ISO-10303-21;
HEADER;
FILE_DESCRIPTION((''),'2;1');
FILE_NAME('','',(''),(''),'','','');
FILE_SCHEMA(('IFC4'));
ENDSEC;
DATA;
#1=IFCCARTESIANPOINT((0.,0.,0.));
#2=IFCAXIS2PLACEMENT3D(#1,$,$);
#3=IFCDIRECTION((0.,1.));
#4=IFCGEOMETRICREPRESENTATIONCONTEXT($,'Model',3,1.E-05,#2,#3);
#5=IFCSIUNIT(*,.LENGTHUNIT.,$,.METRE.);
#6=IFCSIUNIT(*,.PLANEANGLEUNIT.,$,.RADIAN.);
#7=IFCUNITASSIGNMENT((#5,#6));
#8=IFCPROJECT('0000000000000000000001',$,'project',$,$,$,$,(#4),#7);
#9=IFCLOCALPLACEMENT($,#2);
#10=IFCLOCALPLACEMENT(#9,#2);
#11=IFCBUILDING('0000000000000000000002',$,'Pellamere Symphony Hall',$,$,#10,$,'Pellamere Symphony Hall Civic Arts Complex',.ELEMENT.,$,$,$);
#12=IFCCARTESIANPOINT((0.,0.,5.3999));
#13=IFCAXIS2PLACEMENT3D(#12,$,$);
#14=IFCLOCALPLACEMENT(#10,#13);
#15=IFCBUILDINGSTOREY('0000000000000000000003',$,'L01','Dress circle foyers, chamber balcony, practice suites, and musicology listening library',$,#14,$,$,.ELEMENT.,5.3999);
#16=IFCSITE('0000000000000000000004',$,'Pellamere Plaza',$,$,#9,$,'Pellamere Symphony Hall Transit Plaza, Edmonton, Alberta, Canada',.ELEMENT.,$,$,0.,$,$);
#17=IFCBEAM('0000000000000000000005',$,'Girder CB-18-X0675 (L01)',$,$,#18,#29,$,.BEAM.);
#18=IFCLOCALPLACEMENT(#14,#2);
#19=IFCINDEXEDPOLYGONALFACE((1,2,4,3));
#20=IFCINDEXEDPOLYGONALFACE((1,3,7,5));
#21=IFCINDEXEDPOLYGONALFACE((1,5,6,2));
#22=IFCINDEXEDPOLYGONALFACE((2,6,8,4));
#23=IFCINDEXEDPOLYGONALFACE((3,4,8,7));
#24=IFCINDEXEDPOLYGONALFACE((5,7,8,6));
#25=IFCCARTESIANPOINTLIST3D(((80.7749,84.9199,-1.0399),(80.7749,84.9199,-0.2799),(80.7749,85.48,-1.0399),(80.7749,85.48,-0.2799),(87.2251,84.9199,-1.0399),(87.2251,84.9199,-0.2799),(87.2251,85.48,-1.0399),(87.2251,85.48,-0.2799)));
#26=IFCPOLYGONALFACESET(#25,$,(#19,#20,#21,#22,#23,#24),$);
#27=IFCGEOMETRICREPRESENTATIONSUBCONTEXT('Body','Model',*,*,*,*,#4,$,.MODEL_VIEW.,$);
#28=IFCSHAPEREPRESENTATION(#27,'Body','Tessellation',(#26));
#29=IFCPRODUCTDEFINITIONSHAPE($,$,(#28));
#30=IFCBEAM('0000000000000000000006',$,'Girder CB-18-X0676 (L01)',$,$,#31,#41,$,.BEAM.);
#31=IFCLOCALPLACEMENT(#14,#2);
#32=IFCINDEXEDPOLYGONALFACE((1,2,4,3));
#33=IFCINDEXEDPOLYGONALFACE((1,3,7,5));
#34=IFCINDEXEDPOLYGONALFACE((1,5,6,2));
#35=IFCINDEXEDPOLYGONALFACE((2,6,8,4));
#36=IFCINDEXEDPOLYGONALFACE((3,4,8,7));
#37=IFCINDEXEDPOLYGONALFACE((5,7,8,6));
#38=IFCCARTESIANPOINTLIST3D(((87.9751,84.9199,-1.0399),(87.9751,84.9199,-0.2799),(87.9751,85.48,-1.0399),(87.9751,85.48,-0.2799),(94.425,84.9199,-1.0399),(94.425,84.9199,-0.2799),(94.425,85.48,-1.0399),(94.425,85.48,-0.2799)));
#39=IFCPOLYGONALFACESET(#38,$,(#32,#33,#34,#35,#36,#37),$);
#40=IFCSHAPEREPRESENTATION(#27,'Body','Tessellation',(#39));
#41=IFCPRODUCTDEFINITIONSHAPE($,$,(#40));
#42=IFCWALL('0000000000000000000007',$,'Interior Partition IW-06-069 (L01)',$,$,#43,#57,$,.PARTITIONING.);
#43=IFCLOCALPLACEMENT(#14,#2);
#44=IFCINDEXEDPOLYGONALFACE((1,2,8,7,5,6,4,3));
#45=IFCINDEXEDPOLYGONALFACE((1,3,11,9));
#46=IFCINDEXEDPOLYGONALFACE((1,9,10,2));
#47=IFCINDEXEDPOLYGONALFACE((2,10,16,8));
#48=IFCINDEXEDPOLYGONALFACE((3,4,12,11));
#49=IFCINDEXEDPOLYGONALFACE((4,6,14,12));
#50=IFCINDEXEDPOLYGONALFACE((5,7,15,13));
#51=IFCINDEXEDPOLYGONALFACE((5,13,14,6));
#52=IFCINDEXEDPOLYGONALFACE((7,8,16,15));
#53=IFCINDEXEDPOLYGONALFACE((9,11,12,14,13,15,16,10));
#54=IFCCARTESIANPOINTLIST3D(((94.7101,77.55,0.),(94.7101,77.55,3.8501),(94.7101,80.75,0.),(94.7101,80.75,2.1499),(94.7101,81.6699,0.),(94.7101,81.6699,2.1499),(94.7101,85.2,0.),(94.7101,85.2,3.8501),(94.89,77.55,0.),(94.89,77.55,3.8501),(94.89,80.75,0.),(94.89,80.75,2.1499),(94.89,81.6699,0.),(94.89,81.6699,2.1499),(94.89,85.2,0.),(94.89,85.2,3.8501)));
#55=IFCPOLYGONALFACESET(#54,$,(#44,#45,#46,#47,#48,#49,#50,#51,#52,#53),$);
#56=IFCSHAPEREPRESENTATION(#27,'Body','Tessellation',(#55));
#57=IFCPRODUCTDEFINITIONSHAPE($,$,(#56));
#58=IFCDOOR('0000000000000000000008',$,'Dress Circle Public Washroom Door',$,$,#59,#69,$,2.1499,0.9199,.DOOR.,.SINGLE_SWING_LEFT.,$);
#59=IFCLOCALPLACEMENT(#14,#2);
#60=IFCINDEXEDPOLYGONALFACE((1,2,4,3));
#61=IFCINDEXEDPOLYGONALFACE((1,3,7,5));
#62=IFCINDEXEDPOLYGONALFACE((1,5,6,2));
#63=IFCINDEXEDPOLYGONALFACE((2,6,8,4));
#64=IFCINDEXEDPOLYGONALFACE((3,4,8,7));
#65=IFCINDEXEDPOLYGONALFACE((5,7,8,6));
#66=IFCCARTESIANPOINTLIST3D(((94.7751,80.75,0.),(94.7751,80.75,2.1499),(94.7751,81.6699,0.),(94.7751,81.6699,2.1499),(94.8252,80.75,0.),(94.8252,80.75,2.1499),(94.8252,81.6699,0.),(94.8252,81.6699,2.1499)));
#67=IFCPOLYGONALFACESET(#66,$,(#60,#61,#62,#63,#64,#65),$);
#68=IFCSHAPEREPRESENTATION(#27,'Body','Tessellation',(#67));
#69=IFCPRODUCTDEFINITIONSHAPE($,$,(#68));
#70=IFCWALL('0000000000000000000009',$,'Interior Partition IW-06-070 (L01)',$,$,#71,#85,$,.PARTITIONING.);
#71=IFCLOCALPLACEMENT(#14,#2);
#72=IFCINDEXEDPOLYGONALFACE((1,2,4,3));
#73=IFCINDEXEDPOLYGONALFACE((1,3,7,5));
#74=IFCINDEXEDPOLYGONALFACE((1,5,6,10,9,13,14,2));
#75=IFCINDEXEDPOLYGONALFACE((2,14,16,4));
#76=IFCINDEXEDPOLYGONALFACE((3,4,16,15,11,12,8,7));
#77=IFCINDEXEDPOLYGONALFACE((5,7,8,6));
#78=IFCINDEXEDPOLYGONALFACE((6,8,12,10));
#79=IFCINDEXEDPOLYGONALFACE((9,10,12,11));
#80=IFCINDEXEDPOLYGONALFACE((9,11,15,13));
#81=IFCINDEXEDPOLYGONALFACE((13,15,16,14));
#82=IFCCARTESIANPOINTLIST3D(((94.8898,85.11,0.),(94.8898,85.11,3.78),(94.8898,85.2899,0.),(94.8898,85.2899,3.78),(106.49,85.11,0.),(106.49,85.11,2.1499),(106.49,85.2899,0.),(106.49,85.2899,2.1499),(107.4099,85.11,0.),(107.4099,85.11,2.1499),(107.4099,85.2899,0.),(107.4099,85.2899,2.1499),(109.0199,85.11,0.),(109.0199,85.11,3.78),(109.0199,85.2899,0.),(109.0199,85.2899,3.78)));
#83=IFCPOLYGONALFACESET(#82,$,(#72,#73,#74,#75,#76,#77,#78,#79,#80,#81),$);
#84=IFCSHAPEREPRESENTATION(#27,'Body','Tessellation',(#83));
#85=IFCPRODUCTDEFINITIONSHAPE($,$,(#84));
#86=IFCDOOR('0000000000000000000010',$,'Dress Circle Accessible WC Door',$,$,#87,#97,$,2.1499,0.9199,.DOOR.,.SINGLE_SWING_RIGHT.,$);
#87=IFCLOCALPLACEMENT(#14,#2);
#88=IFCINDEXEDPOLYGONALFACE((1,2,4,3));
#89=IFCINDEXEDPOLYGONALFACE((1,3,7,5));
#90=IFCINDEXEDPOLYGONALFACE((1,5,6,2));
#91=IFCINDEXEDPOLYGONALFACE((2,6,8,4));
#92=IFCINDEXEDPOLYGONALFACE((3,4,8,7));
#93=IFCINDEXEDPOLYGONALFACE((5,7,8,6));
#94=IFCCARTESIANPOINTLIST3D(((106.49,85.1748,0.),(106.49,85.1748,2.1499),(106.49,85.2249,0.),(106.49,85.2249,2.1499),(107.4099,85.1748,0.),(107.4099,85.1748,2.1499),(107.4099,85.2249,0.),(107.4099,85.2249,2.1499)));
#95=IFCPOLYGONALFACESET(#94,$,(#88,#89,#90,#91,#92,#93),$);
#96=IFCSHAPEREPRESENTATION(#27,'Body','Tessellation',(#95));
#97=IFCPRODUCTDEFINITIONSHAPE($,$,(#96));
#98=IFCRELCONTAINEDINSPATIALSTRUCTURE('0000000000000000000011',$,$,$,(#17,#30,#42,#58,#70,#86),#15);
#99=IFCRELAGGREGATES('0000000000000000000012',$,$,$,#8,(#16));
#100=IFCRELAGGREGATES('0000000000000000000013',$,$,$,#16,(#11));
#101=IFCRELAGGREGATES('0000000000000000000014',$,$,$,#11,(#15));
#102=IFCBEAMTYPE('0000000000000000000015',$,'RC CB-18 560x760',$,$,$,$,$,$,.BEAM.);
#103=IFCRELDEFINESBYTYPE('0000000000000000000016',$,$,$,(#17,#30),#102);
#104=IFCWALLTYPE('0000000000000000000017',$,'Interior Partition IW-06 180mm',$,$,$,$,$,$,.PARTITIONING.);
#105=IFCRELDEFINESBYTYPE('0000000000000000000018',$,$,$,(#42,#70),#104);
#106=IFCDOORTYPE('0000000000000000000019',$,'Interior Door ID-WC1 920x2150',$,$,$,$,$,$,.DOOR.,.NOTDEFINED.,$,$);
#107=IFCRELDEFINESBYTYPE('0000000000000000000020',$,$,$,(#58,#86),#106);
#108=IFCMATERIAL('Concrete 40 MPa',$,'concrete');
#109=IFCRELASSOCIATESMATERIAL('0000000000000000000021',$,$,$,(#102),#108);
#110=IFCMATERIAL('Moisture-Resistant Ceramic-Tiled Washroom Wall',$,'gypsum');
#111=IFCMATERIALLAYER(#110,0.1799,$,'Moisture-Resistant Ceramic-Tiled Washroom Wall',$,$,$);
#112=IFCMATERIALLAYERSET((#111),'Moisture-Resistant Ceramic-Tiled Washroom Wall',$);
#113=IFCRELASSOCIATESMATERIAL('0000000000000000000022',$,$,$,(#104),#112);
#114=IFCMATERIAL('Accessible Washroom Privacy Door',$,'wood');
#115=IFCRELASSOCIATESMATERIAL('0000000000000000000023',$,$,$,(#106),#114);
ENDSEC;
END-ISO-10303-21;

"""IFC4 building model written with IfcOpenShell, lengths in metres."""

from ifc_helpers import new_model, si_unit, direction, frame, frame_2d, origin, origin_2d, place, context, subcontext, project, spatial, rectangle, extrude, material, layer, layer_set, material_profile, profile_set, type_object, element, fill, save


model = new_model("IFC4")

# Units and contexts
model_context = context("Model", 3, precision=1e-05, world=origin(), true_north=direction((0.0, 1.0)))
body_context = subcontext(model_context, "Body", "Model", "MODEL_VIEW")
ifc_project = project(units=[si_unit("LENGTHUNIT", "METRE"), si_unit("PLANEANGLEUNIT", "RADIAN")], contexts=[model_context])

# Site, building, storey
site_placement = place(None, origin())
site = spatial("IfcSite", under=ifc_project, at=site_placement, Name="Pellamere Plaza", LongName="Pellamere Symphony Hall Transit Plaza, Edmonton, Alberta, Canada", CompositionType="ELEMENT", RefElevation=0.0)
building_placement = place(site_placement, origin())
building = spatial("IfcBuilding", under=site, at=building_placement, Name="Pellamere Symphony Hall", LongName="Pellamere Symphony Hall Civic Arts Complex", CompositionType="ELEMENT")
storey_placement = place(building_placement, frame((0.0, 0.0, 5.3999)))
storey = spatial("IfcBuildingStorey", under=building, at=storey_placement, Name="L01", Description="Dress circle foyers, chamber balcony, practice suites, and musicology listening library", CompositionType="ELEMENT", Elevation=5.3999)

# Shared definitions
ifc_material_1 = material(Name="Concrete 40 MPa", Category="concrete")

# Beams
ifc_material_profile_1 = material_profile(ifc_material_1, rectangle(XDim=0.5601, YDim=0.76, at=origin_2d()), Name="RC 560x760")
ifc_profile_set_1 = profile_set([ifc_material_profile_1], Name="Concrete 40 MPa")
beam_type_1 = type_object("IfcBeamType", Name="RC CB-18 560x760", PredefinedType="BEAM", material=ifc_profile_set_1)
beam_1_placement = place(storey_placement, frame((80.7749, 85.2, -0.6599), z_axis=(1.0, 0.0, 0.0), x_axis=(0.0, 1.0, 0.0)))
element("IfcBeam", 1, at=beam_1_placement, inside=storey, type_object=beam_type_1, Name="Girder CB-18-X0675 (L01)", PredefinedType="BEAM", context=body_context, shape_type="SweptSolid", body=[
    extrude(rectangle(XDim=0.5601, YDim=0.76, at=origin_2d()), origin(), (0.0, 0.0, 1.0), 6.4502),
])
beam_2_placement = place(storey_placement, frame((87.9751, 85.2, -0.6599), z_axis=(1.0, 0.0, 0.0), x_axis=(0.0, 1.0, 0.0)))
element("IfcBeam", 2, at=beam_2_placement, inside=storey, type_object=beam_type_1, Name="Girder CB-18-X0676 (L01)", PredefinedType="BEAM", context=body_context, shape_type="SweptSolid", body=[
    extrude(rectangle(XDim=0.5601, YDim=0.76, at=origin_2d()), origin(), (0.0, 0.0, 1.0), 6.45),
])

# Walls, openings, doors
ifc_material_2 = material(Name="Moisture-Resistant Ceramic-Tiled Washroom Wall", Category="gypsum")
ifc_layer = layer(ifc_material_2, 0.1799, Name="Moisture-Resistant Ceramic-Tiled Washroom Wall")
ifc_layer_set = layer_set([ifc_layer], Name="Moisture-Resistant Ceramic-Tiled Washroom Wall")
wall_type = type_object("IfcWallType", Name="Interior Partition IW-06 180mm", PredefinedType="PARTITIONING", material=ifc_layer_set)
wall_1_placement = place(storey_placement, frame((94.8, 77.55, 0.0), z_axis=(0.0, 0.0, 1.0), x_axis=(0.0, 1.0, 0.0)))
wall_1 = element("IfcWall", 3, at=wall_1_placement, inside=storey, type_object=wall_type, Name="Interior Partition IW-06-069 (L01)", PredefinedType="PARTITIONING", context=body_context, shape_type="SweptSolid", body=[
    extrude(rectangle(XDim=7.6499, YDim=0.1799, at=frame_2d((3.825, 0.0))), origin(), (0.0, 0.0, 1.0), 3.8501),
])
opening_1_placement = place(wall_1_placement, frame((3.2, 0.0, 0.0)))
opening_1 = element("IfcOpeningElement", 4, at=opening_1_placement, cuts=wall_1, PredefinedType="OPENING", context=body_context, shape_type="SweptSolid", body=[
    extrude(rectangle(XDim=0.9199, YDim=2.1499, at=frame_2d((0.46, 1.075))), frame((0.0, 0.0999, 0.0), z_axis=(0.0, -1.0, 0.0), x_axis=(1.0, 0.0, 0.0)), (0.0, 0.0, 1.0), 0.2),
])
ifc_material_3 = material(Name="Accessible Washroom Privacy Door", Category="wood")
door_type = type_object("IfcDoorType", Name="Interior Door ID-WC1 920x2150", OperationType="NOTDEFINED", PredefinedType="DOOR", material=ifc_material_3)
door_1_placement = place(opening_1_placement, origin())
door_1 = element("IfcDoor", 5, at=door_1_placement, inside=storey, type_object=door_type, Name="Dress Circle Public Washroom Door", OperationType="SINGLE_SWING_LEFT", OverallHeight=2.1499, OverallWidth=0.9199, PredefinedType="DOOR", context=body_context, shape_type="SweptSolid", body=[
    extrude(rectangle(XDim=0.9199, YDim=2.1499, at=frame_2d((0.46, 1.075))), frame((0.0, 0.0249, 0.0), z_axis=(0.0, -1.0, 0.0), x_axis=(1.0, 0.0, 0.0)), (0.0, 0.0, 1.0), 0.05),
])
fill(opening_1, door_1)
wall_2_placement = place(storey_placement, frame((94.8899, 85.2, 0.0), z_axis=(0.0, 0.0, 1.0), x_axis=(1.0, 0.0, 0.0)))
wall_2 = element("IfcWall", 6, at=wall_2_placement, inside=storey, type_object=wall_type, Name="Interior Partition IW-06-070 (L01)", PredefinedType="PARTITIONING", context=body_context, shape_type="SweptSolid", body=[
    extrude(rectangle(XDim=14.1301, YDim=0.1799, at=frame_2d((7.0649, 0.0))), origin(), (0.0, 0.0, 1.0), 3.78),
])
opening_2_placement = place(wall_2_placement, frame((11.6001, 0.0, 0.0)))
opening_2 = element("IfcOpeningElement", 7, at=opening_2_placement, cuts=wall_2, PredefinedType="OPENING", context=body_context, shape_type="SweptSolid", body=[
    extrude(rectangle(XDim=0.9199, YDim=2.1499, at=frame_2d((0.46, 1.075))), frame((0.0, 0.0999, 0.0), z_axis=(0.0, -1.0, 0.0), x_axis=(1.0, 0.0, 0.0)), (0.0, 0.0, 1.0), 0.2),
])
door_2_placement = place(opening_2_placement, origin())
door_2 = element("IfcDoor", 8, at=door_2_placement, inside=storey, type_object=door_type, Name="Dress Circle Accessible WC Door", OperationType="SINGLE_SWING_RIGHT", OverallHeight=2.1499, OverallWidth=0.9199, PredefinedType="DOOR", context=body_context, shape_type="SweptSolid", body=[
    extrude(rectangle(XDim=0.9199, YDim=2.1499, at=frame_2d((0.46, 1.075))), frame((0.0, 0.0249, 0.0), z_axis=(0.0, -1.0, 0.0), x_axis=(1.0, 0.0, 0.0)), (0.0, 0.0, 1.0), 0.05),
])
fill(opening_2, door_2)

save(model, "model.ifc")
